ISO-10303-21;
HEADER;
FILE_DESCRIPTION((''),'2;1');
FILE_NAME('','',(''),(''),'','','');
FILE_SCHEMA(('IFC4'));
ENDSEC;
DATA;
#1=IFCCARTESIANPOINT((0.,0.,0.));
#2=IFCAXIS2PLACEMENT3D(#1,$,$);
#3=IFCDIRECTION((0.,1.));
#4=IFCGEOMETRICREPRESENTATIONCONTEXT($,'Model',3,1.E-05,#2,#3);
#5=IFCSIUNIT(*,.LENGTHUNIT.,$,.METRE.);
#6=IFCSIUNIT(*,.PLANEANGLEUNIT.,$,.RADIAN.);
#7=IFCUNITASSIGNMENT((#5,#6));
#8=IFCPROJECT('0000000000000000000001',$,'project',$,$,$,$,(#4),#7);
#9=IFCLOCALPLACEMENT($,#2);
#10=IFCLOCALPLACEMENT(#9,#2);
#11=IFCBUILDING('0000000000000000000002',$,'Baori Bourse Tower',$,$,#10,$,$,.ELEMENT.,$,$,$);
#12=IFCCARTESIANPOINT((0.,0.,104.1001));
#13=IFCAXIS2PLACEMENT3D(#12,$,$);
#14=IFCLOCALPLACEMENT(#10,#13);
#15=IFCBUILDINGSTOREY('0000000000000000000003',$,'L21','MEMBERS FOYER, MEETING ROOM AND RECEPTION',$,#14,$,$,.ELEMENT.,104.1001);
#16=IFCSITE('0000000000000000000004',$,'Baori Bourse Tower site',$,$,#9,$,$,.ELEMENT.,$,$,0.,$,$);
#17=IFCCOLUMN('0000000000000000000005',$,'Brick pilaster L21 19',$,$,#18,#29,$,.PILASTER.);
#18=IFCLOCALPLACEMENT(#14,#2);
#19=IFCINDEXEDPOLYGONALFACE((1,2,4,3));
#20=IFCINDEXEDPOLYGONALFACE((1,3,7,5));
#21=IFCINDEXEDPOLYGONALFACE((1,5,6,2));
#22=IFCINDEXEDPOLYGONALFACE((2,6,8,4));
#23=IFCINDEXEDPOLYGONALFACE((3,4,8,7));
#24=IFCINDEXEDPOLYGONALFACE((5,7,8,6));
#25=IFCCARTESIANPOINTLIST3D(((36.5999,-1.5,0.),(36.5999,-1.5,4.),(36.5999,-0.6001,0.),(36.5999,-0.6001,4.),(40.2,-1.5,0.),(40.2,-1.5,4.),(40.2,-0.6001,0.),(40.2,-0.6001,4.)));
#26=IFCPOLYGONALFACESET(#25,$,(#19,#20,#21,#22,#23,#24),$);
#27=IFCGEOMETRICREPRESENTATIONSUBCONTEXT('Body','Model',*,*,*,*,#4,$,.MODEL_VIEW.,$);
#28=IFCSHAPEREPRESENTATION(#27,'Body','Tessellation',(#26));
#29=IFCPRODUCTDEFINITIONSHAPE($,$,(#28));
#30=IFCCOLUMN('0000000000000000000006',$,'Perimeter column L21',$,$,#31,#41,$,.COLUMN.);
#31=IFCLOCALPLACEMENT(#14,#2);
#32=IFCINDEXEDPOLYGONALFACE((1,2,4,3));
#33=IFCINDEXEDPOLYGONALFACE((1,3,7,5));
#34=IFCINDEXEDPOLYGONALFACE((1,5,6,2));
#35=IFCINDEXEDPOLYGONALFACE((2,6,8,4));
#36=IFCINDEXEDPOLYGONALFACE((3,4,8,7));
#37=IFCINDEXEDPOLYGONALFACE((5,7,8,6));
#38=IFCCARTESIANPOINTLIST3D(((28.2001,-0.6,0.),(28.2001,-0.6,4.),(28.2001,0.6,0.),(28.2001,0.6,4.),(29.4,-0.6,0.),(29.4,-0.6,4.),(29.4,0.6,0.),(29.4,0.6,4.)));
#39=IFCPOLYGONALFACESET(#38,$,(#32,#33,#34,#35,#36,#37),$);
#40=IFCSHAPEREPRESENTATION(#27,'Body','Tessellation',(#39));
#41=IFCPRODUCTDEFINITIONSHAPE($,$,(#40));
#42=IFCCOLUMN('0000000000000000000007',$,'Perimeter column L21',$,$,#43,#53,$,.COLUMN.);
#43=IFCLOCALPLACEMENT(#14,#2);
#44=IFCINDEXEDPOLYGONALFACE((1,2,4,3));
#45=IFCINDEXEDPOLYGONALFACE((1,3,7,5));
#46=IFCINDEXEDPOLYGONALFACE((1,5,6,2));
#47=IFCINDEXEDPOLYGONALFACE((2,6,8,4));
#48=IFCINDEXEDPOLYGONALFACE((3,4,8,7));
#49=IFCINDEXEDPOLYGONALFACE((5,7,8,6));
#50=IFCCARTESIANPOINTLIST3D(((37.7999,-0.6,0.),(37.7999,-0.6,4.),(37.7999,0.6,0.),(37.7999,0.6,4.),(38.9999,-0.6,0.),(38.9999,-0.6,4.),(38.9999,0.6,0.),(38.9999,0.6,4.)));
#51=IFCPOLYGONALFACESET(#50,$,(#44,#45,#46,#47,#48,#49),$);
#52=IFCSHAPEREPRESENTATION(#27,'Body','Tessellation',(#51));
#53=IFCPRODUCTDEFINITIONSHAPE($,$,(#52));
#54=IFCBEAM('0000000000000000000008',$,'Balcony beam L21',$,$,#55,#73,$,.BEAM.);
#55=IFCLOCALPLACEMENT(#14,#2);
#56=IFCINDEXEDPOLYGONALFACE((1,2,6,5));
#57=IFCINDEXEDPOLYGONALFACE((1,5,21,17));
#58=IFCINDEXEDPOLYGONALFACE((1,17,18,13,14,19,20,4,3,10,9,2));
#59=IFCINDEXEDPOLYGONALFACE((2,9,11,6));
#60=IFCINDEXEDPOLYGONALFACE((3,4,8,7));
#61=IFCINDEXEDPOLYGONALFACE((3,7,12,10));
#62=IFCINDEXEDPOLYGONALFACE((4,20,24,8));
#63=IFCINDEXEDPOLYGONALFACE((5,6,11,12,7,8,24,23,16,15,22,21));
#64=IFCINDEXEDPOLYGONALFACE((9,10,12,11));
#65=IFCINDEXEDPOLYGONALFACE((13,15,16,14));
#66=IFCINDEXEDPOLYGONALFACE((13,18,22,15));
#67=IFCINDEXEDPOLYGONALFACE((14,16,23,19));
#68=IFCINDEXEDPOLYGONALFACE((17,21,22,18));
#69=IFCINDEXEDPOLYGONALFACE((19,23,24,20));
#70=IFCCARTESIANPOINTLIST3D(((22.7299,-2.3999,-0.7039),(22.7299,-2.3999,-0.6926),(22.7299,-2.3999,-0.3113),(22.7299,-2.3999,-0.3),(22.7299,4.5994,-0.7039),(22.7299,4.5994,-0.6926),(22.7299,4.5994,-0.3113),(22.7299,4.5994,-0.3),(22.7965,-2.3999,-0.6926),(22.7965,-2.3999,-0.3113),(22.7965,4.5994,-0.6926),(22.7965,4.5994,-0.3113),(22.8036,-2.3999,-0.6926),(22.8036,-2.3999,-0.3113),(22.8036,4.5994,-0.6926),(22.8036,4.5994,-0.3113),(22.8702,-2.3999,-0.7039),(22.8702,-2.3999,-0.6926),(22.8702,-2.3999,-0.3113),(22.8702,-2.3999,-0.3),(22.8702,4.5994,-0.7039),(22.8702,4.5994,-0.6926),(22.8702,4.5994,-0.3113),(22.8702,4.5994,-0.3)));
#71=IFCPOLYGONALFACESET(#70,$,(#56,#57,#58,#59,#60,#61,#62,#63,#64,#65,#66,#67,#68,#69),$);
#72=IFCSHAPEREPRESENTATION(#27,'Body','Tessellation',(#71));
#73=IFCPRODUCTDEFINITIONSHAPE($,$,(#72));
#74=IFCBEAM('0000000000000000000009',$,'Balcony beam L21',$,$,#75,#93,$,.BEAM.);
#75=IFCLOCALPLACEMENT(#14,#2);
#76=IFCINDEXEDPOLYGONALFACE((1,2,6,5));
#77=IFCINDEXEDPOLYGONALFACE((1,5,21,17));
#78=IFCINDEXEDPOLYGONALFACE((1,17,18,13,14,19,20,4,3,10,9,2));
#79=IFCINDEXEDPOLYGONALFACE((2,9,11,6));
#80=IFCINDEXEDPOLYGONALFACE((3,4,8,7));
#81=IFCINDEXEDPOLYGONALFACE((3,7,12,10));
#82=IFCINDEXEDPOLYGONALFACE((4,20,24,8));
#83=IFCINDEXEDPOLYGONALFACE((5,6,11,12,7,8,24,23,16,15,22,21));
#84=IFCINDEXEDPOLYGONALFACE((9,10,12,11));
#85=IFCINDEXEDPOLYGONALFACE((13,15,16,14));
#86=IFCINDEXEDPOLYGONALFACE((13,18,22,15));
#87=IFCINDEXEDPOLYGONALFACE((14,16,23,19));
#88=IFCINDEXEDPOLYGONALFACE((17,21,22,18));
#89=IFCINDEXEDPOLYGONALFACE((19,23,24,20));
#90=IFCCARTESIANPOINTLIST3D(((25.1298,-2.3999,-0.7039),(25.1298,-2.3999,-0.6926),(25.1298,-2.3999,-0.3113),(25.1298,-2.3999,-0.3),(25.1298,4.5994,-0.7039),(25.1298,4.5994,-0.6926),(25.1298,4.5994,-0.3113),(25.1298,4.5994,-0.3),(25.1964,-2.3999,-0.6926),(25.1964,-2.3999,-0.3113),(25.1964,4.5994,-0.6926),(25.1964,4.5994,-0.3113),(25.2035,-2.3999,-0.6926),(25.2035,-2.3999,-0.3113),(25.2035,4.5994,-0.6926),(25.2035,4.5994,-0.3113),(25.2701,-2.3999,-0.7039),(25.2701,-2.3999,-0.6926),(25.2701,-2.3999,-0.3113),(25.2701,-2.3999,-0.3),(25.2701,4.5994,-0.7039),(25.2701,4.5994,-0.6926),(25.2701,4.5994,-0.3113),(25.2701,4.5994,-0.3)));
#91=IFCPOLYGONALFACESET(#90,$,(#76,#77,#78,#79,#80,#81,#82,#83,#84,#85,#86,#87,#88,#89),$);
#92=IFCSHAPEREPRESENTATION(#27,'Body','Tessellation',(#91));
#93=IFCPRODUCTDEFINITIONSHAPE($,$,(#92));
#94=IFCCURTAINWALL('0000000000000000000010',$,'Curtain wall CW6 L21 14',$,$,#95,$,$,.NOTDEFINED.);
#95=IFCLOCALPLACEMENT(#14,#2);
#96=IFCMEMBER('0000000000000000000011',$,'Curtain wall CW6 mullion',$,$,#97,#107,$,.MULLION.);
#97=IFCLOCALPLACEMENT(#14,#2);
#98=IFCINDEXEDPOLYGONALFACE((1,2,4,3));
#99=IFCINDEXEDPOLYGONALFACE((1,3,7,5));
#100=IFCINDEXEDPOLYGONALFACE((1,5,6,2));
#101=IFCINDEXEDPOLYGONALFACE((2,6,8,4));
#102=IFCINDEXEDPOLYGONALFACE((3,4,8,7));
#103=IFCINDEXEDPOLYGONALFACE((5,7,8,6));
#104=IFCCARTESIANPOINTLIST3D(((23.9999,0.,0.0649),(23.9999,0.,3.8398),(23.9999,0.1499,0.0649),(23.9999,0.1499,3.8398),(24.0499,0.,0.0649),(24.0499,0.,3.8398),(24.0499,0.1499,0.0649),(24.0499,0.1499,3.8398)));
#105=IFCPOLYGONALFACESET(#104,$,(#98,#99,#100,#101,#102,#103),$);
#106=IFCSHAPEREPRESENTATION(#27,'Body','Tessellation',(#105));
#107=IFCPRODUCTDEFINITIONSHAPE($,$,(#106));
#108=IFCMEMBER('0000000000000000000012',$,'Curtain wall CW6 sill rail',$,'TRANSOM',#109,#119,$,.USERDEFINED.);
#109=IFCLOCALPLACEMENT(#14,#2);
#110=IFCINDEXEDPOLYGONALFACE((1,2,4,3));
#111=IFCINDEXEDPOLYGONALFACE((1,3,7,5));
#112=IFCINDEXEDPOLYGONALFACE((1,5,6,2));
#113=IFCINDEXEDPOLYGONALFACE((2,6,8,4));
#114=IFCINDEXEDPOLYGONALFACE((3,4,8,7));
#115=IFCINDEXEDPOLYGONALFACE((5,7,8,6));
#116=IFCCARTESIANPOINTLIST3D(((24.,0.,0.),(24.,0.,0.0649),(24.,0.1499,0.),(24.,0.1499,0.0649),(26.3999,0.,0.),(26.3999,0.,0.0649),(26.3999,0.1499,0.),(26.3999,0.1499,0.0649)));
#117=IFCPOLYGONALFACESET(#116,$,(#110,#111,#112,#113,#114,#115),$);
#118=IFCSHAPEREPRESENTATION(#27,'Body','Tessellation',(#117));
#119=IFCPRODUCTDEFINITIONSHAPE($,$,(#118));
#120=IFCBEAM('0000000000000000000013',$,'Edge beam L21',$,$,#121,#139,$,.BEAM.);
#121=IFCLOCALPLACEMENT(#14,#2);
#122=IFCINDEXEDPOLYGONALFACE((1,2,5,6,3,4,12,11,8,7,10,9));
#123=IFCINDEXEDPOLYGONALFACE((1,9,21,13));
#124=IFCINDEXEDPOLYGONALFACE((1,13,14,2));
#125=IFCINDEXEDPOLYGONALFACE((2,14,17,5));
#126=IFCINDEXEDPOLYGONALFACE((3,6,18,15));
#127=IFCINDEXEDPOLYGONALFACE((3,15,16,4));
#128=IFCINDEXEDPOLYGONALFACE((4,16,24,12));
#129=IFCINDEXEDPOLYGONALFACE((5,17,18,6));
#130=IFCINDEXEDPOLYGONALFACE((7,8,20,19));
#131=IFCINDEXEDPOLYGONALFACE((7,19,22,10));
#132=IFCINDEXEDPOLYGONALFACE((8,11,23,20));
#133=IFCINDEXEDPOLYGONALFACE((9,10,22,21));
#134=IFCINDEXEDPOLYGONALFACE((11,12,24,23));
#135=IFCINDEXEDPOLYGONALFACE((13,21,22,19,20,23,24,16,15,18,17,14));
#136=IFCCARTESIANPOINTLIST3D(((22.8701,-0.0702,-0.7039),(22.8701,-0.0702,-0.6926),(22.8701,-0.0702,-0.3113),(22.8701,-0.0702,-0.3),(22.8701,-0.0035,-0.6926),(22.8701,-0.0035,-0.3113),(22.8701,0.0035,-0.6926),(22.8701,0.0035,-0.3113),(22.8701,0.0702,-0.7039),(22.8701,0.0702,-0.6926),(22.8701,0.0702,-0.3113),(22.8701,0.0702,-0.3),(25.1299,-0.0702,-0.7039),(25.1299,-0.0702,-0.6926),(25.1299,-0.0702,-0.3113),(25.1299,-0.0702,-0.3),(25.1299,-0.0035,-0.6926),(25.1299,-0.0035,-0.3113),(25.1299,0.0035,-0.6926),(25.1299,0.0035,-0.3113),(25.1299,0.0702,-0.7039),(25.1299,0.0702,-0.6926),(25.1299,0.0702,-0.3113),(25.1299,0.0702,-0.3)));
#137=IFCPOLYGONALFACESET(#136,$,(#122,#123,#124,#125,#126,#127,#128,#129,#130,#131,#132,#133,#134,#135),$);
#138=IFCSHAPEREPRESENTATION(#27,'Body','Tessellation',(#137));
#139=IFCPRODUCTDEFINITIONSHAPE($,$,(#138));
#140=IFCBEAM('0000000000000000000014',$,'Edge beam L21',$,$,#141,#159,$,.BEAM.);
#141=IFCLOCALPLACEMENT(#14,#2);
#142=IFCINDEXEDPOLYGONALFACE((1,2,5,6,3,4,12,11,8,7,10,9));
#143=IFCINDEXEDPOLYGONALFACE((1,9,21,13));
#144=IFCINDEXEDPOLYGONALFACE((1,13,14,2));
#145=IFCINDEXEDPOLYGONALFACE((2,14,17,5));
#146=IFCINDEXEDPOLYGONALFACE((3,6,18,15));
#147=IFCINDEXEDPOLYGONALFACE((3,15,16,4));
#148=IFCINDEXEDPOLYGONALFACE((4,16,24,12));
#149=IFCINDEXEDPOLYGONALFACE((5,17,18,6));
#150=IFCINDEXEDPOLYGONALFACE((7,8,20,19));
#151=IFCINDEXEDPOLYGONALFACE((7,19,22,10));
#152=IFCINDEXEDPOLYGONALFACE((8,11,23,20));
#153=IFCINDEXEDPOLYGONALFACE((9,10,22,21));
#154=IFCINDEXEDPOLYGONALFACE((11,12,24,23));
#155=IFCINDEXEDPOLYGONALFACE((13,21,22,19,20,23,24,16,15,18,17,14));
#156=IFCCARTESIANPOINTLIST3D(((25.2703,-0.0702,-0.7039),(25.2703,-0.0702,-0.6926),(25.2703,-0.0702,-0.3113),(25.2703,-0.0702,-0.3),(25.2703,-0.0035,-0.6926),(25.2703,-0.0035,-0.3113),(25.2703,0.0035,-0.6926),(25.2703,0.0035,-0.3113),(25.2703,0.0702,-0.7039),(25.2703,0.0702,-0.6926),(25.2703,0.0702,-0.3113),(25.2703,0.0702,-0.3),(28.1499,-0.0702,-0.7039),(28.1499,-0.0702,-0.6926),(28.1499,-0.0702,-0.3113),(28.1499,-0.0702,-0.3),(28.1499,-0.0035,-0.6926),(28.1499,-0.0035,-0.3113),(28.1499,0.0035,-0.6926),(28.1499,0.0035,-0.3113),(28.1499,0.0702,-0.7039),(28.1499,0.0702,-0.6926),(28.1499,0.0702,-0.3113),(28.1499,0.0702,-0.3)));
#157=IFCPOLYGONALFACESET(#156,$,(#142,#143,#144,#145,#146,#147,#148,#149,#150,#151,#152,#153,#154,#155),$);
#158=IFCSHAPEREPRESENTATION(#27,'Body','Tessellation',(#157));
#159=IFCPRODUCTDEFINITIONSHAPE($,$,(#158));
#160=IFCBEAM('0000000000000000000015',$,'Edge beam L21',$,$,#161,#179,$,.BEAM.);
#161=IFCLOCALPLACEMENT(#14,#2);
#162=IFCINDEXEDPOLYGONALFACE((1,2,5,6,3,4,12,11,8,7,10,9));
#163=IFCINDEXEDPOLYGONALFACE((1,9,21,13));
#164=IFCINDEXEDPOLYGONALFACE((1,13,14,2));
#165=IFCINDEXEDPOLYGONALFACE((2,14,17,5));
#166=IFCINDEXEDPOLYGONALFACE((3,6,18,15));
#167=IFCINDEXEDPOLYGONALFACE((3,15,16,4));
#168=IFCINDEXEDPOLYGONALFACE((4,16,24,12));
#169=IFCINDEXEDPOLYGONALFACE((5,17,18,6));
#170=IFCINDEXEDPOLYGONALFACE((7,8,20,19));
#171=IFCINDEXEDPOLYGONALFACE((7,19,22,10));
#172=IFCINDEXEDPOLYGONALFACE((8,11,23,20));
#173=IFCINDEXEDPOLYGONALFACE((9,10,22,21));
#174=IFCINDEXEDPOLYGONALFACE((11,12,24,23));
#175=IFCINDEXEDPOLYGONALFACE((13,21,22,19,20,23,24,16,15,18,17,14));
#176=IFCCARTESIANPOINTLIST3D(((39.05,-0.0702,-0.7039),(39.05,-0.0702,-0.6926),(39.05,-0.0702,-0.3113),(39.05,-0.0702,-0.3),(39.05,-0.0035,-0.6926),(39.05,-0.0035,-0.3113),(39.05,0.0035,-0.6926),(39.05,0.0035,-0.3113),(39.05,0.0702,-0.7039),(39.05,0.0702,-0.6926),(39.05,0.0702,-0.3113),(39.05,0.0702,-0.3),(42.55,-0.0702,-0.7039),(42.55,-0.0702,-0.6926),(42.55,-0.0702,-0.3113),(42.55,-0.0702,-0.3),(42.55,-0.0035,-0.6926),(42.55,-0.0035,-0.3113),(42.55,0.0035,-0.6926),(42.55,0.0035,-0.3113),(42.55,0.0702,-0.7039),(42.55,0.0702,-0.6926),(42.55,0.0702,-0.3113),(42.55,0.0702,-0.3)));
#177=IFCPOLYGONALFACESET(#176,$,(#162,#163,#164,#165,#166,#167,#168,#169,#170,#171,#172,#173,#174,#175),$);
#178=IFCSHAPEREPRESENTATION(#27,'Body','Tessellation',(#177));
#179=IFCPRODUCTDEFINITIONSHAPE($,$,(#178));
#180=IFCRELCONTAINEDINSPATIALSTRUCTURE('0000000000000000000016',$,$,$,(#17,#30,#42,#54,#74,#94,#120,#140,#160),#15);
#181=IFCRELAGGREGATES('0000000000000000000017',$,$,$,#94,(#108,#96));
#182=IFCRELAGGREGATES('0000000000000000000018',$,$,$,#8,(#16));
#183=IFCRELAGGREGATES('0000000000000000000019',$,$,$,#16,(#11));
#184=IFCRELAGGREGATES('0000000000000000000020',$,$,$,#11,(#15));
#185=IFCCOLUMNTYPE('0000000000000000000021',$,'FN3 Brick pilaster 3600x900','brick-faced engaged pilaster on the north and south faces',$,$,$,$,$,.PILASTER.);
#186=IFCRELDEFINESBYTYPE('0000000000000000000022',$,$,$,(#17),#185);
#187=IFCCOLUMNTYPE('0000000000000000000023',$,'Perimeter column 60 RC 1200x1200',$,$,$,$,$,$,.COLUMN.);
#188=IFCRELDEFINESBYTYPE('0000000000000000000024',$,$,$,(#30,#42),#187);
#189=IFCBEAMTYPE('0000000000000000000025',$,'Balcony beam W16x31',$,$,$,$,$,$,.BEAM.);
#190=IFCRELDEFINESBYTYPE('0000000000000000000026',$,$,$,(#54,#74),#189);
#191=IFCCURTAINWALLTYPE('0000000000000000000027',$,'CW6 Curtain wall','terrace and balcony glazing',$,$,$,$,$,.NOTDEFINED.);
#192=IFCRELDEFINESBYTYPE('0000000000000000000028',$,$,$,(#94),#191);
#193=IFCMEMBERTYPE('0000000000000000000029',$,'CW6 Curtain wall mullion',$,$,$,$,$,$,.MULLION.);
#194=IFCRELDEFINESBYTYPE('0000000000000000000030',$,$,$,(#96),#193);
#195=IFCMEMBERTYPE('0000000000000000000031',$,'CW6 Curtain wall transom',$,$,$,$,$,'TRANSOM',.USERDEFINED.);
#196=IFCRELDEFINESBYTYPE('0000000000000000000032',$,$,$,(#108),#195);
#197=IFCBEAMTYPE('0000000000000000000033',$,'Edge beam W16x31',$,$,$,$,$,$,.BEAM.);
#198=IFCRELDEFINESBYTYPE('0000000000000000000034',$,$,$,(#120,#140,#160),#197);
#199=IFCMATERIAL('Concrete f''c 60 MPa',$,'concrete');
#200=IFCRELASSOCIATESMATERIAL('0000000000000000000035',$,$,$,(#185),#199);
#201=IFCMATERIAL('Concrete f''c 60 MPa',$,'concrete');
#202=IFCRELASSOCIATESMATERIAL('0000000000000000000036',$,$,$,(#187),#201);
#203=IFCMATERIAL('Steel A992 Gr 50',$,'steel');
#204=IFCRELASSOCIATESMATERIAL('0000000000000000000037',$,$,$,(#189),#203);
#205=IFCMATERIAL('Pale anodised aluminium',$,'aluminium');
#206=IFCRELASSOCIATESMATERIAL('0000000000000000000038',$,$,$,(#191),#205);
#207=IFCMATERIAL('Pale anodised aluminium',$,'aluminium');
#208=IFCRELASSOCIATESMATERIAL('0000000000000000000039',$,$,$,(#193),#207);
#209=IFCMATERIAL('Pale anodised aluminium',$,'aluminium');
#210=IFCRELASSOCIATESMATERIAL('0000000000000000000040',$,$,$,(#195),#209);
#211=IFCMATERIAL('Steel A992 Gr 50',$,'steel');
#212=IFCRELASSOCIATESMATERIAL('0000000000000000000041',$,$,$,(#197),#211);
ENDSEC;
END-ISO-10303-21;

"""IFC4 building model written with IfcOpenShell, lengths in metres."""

from ifc_helpers import new_model, si_unit, direction, frame, origin, origin_2d, place, context, subcontext, project, spatial, rectangle, i_section, extrude, material, material_profile, profile_set, type_object, element, aggregate, save


model = new_model("IFC4")

# Units and contexts
model_context = context("Model", 3, precision=1e-05, world=origin(), true_north=direction((0.0, 1.0)))
body_context = subcontext(model_context, "Body", "Model", "MODEL_VIEW")
ifc_project = project(units=[si_unit("LENGTHUNIT", "METRE"), si_unit("PLANEANGLEUNIT", "RADIAN")], contexts=[model_context])

# Site, building, storey
site_placement = place(None, origin())
site = spatial("IfcSite", under=ifc_project, at=site_placement, Name="Baori Bourse Tower site", CompositionType="ELEMENT", RefElevation=0.0)
building_placement = place(site_placement, origin())
building = spatial("IfcBuilding", under=site, at=building_placement, Name="Baori Bourse Tower", CompositionType="ELEMENT")
storey_placement = place(building_placement, frame((0.0, 0.0, 104.1001)))
storey = spatial("IfcBuildingStorey", under=building, at=storey_placement, Name="L21", Description="MEMBERS FOYER, MEETING ROOM AND RECEPTION", CompositionType="ELEMENT", Elevation=104.1001)

# Columns
ifc_material_1 = material(Name="Concrete f'c 60 MPa", Category="concrete")
ifc_material_profile_1 = material_profile(ifc_material_1, rectangle(XDim=3.6001, YDim=0.8999, at=origin_2d()), Name="RC 3600x900")
ifc_profile_set_1 = profile_set([ifc_material_profile_1], Name="Concrete f'c 60 MPa")
column_type_1 = type_object("IfcColumnType", Name="FN3 Brick pilaster 3600x900", Description="brick-faced engaged pilaster on the north and south faces", PredefinedType="PILASTER", material=ifc_profile_set_1)
column_placement = place(storey_placement, frame((38.3999, -1.05, 0.0), z_axis=(0.0, 0.0, 1.0), x_axis=(1.0, 0.0, 0.0)))
element("IfcColumn", 1, at=column_placement, inside=storey, type_object=column_type_1, Name="Brick pilaster L21 19", PredefinedType="PILASTER", context=body_context, shape_type="SweptSolid", body=[
    extrude(rectangle(XDim=3.6001, YDim=0.8999, at=origin_2d()), origin(), (0.0, 0.0, 1.0), 4.0),
])
ifc_material_2 = material(Name="Concrete f'c 60 MPa", Category="concrete")
ifc_material_profile_2 = material_profile(ifc_material_2, rectangle(XDim=1.2, YDim=1.2, at=origin_2d()), Name="RC 1200x1200")
ifc_profile_set_2 = profile_set([ifc_material_profile_2], Name="Concrete f'c 60 MPa")
column_type_2 = type_object("IfcColumnType", Name="Perimeter column 60 RC 1200x1200", PredefinedType="COLUMN", material=ifc_profile_set_2)
for number, where, z_axis, x_axis, name in (
    (2, (28.8, 0.0, 0.0), (0.0, 0.0, 1.0), (1.0, 0.0, 0.0), "Perimeter column L21"),
    (3, (38.3999, 0.0, 0.0), (0.0, 0.0, 1.0), (1.0, 0.0, 0.0), "Perimeter column L21"),
):
    element("IfcColumn", number, at=place(storey_placement, frame(where, z_axis=z_axis, x_axis=x_axis)), inside=storey, type_object=column_type_2, Name=name, PredefinedType="COLUMN", context=body_context, shape_type="SweptSolid", body=[
        extrude(rectangle(XDim=1.2, YDim=1.2, at=origin_2d()), origin(), (0.0, 0.0, 1.0), 4.0),
    ])

# Beams
ifc_material_3 = material(Name="Steel A992 Gr 50", Category="steel")
ifc_material_profile_3 = material_profile(ifc_material_3, i_section(OverallWidth=0.1404, OverallDepth=0.4038, WebThickness=0.0071, FlangeThickness=0.0112, at=origin_2d()), Name="W16x31")
ifc_profile_set_3 = profile_set([ifc_material_profile_3], Name="Steel A992 Gr 50")
beam_type_1 = type_object("IfcBeamType", Name="Balcony beam W16x31", PredefinedType="BEAM", material=ifc_profile_set_3)
for number, where, z_axis, x_axis, name in (
    (4, (22.8, -2.3999, -0.502), (0.0, 1.0, 0.0), (-1.0, 0.0, 0.0), "Balcony beam L21"),
    (5, (25.2, -2.3999, -0.502), (0.0, 1.0, 0.0), (-1.0, 0.0, 0.0), "Balcony beam L21"),
):
    element("IfcBeam", number, at=place(storey_placement, frame(where, z_axis=z_axis, x_axis=x_axis)), inside=storey, type_object=beam_type_1, Name=name, PredefinedType="BEAM", context=body_context, shape_type="SweptSolid", body=[
        extrude(i_section(OverallWidth=0.1404, OverallDepth=0.4038, WebThickness=0.0071, FlangeThickness=0.0112, at=origin_2d()), origin(), (0.0, 0.0, 1.0), 6.9993),
    ])

# Curtain wall, members
ifc_material_4 = material(Name="Pale anodised aluminium", Category="aluminium")
curtain_wall_type = type_object("IfcCurtainWallType", Name="CW6 Curtain wall", Description="terrace and balcony glazing", PredefinedType="NOTDEFINED", material=ifc_material_4)
curtain_wall_placement = place(storey_placement, origin())
curtain_wall = element("IfcCurtainWall", 6, at=curtain_wall_placement, inside=storey, type_object=curtain_wall_type, Name="Curtain wall CW6 L21 14", PredefinedType="NOTDEFINED")
ifc_material_5 = material(Name="Pale anodised aluminium", Category="aluminium")
ifc_material_profile_4 = material_profile(ifc_material_5, rectangle(XDim=0.1499, YDim=0.05, at=origin_2d()), Name="Mullion 50x150")
ifc_profile_set_4 = profile_set([ifc_material_profile_4], Name="Pale anodised aluminium")
member_type_1 = type_object("IfcMemberType", Name="CW6 Curtain wall mullion", PredefinedType="MULLION", material=ifc_profile_set_4)
member_1_placement = place(storey_placement, frame((24.0249, 0.075, 0.0649), z_axis=(0.0, 0.0, 1.0), x_axis=(0.0, 1.0, 0.0)))
member_1 = element("IfcMember", 7, at=member_1_placement, type_object=member_type_1, Name="Curtain wall CW6 mullion", PredefinedType="MULLION", context=body_context, shape_type="SweptSolid", body=[
    extrude(rectangle(XDim=0.1499, YDim=0.05, at=origin_2d()), origin(), (0.0, 0.0, 1.0), 3.7749),
])
ifc_material_6 = material(Name="Pale anodised aluminium", Category="aluminium")
ifc_material_profile_5 = material_profile(ifc_material_6, rectangle(XDim=0.1499, YDim=0.0649, at=origin_2d()), Name="Transom 65x150")
ifc_profile_set_5 = profile_set([ifc_material_profile_5], Name="Pale anodised aluminium")
member_type_2 = type_object("IfcMemberType", Name="CW6 Curtain wall transom", ElementType="TRANSOM", PredefinedType="USERDEFINED", material=ifc_profile_set_5)
member_2_placement = place(storey_placement, frame((24.0, 0.075, 0.0325), z_axis=(1.0, 0.0, 0.0), x_axis=(0.0, 1.0, 0.0)))
member_2 = element("IfcMember", 8, at=member_2_placement, type_object=member_type_2, Name="Curtain wall CW6 sill rail", ObjectType="TRANSOM", PredefinedType="USERDEFINED", context=body_context, shape_type="SweptSolid", body=[
    extrude(rectangle(XDim=0.1499, YDim=0.0649, at=origin_2d()), origin(), (0.0, 0.0, 1.0), 2.3999),
])

# Beams
ifc_material_7 = material(Name="Steel A992 Gr 50", Category="steel")
ifc_material_profile_6 = material_profile(ifc_material_7, i_section(OverallWidth=0.1404, OverallDepth=0.4038, WebThickness=0.0071, FlangeThickness=0.0112, at=origin_2d()), Name="W16x31")
ifc_profile_set_6 = profile_set([ifc_material_profile_6], Name="Steel A992 Gr 50")
beam_type_2 = type_object("IfcBeamType", Name="Edge beam W16x31", PredefinedType="BEAM", material=ifc_profile_set_6)
beam_1_placement = place(storey_placement, frame((22.8701, 0.0, -0.502), z_axis=(1.0, 0.0, 0.0), x_axis=(0.0, 1.0, 0.0)))
element("IfcBeam", 9, at=beam_1_placement, inside=storey, type_object=beam_type_2, Name="Edge beam L21", PredefinedType="BEAM", context=body_context, shape_type="SweptSolid", body=[
    extrude(i_section(OverallWidth=0.1404, OverallDepth=0.4038, WebThickness=0.0071, FlangeThickness=0.0112, at=origin_2d()), origin(), (0.0, 0.0, 1.0), 2.2598),
])
beam_2_placement = place(storey_placement, frame((25.2703, 0.0, -0.502), z_axis=(1.0, 0.0, 0.0), x_axis=(0.0, 1.0, 0.0)))
element("IfcBeam", 10, at=beam_2_placement, inside=storey, type_object=beam_type_2, Name="Edge beam L21", PredefinedType="BEAM", context=body_context, shape_type="SweptSolid", body=[
    extrude(i_section(OverallWidth=0.1404, OverallDepth=0.4038, WebThickness=0.0071, FlangeThickness=0.0112, at=origin_2d()), origin(), (0.0, 0.0, 1.0), 2.8796),
])
beam_3_placement = place(storey_placement, frame((39.05, 0.0, -0.502), z_axis=(1.0, 0.0, 0.0), x_axis=(0.0, 1.0, 0.0)))
element("IfcBeam", 11, at=beam_3_placement, inside=storey, type_object=beam_type_2, Name="Edge beam L21", PredefinedType="BEAM", context=body_context, shape_type="SweptSolid", body=[
    extrude(i_section(OverallWidth=0.1404, OverallDepth=0.4038, WebThickness=0.0071, FlangeThickness=0.0112, at=origin_2d()), origin(), (0.0, 0.0, 1.0), 3.5),
])

aggregate(curtain_wall, [member_2, member_1])

save(model, "model.ifc")
